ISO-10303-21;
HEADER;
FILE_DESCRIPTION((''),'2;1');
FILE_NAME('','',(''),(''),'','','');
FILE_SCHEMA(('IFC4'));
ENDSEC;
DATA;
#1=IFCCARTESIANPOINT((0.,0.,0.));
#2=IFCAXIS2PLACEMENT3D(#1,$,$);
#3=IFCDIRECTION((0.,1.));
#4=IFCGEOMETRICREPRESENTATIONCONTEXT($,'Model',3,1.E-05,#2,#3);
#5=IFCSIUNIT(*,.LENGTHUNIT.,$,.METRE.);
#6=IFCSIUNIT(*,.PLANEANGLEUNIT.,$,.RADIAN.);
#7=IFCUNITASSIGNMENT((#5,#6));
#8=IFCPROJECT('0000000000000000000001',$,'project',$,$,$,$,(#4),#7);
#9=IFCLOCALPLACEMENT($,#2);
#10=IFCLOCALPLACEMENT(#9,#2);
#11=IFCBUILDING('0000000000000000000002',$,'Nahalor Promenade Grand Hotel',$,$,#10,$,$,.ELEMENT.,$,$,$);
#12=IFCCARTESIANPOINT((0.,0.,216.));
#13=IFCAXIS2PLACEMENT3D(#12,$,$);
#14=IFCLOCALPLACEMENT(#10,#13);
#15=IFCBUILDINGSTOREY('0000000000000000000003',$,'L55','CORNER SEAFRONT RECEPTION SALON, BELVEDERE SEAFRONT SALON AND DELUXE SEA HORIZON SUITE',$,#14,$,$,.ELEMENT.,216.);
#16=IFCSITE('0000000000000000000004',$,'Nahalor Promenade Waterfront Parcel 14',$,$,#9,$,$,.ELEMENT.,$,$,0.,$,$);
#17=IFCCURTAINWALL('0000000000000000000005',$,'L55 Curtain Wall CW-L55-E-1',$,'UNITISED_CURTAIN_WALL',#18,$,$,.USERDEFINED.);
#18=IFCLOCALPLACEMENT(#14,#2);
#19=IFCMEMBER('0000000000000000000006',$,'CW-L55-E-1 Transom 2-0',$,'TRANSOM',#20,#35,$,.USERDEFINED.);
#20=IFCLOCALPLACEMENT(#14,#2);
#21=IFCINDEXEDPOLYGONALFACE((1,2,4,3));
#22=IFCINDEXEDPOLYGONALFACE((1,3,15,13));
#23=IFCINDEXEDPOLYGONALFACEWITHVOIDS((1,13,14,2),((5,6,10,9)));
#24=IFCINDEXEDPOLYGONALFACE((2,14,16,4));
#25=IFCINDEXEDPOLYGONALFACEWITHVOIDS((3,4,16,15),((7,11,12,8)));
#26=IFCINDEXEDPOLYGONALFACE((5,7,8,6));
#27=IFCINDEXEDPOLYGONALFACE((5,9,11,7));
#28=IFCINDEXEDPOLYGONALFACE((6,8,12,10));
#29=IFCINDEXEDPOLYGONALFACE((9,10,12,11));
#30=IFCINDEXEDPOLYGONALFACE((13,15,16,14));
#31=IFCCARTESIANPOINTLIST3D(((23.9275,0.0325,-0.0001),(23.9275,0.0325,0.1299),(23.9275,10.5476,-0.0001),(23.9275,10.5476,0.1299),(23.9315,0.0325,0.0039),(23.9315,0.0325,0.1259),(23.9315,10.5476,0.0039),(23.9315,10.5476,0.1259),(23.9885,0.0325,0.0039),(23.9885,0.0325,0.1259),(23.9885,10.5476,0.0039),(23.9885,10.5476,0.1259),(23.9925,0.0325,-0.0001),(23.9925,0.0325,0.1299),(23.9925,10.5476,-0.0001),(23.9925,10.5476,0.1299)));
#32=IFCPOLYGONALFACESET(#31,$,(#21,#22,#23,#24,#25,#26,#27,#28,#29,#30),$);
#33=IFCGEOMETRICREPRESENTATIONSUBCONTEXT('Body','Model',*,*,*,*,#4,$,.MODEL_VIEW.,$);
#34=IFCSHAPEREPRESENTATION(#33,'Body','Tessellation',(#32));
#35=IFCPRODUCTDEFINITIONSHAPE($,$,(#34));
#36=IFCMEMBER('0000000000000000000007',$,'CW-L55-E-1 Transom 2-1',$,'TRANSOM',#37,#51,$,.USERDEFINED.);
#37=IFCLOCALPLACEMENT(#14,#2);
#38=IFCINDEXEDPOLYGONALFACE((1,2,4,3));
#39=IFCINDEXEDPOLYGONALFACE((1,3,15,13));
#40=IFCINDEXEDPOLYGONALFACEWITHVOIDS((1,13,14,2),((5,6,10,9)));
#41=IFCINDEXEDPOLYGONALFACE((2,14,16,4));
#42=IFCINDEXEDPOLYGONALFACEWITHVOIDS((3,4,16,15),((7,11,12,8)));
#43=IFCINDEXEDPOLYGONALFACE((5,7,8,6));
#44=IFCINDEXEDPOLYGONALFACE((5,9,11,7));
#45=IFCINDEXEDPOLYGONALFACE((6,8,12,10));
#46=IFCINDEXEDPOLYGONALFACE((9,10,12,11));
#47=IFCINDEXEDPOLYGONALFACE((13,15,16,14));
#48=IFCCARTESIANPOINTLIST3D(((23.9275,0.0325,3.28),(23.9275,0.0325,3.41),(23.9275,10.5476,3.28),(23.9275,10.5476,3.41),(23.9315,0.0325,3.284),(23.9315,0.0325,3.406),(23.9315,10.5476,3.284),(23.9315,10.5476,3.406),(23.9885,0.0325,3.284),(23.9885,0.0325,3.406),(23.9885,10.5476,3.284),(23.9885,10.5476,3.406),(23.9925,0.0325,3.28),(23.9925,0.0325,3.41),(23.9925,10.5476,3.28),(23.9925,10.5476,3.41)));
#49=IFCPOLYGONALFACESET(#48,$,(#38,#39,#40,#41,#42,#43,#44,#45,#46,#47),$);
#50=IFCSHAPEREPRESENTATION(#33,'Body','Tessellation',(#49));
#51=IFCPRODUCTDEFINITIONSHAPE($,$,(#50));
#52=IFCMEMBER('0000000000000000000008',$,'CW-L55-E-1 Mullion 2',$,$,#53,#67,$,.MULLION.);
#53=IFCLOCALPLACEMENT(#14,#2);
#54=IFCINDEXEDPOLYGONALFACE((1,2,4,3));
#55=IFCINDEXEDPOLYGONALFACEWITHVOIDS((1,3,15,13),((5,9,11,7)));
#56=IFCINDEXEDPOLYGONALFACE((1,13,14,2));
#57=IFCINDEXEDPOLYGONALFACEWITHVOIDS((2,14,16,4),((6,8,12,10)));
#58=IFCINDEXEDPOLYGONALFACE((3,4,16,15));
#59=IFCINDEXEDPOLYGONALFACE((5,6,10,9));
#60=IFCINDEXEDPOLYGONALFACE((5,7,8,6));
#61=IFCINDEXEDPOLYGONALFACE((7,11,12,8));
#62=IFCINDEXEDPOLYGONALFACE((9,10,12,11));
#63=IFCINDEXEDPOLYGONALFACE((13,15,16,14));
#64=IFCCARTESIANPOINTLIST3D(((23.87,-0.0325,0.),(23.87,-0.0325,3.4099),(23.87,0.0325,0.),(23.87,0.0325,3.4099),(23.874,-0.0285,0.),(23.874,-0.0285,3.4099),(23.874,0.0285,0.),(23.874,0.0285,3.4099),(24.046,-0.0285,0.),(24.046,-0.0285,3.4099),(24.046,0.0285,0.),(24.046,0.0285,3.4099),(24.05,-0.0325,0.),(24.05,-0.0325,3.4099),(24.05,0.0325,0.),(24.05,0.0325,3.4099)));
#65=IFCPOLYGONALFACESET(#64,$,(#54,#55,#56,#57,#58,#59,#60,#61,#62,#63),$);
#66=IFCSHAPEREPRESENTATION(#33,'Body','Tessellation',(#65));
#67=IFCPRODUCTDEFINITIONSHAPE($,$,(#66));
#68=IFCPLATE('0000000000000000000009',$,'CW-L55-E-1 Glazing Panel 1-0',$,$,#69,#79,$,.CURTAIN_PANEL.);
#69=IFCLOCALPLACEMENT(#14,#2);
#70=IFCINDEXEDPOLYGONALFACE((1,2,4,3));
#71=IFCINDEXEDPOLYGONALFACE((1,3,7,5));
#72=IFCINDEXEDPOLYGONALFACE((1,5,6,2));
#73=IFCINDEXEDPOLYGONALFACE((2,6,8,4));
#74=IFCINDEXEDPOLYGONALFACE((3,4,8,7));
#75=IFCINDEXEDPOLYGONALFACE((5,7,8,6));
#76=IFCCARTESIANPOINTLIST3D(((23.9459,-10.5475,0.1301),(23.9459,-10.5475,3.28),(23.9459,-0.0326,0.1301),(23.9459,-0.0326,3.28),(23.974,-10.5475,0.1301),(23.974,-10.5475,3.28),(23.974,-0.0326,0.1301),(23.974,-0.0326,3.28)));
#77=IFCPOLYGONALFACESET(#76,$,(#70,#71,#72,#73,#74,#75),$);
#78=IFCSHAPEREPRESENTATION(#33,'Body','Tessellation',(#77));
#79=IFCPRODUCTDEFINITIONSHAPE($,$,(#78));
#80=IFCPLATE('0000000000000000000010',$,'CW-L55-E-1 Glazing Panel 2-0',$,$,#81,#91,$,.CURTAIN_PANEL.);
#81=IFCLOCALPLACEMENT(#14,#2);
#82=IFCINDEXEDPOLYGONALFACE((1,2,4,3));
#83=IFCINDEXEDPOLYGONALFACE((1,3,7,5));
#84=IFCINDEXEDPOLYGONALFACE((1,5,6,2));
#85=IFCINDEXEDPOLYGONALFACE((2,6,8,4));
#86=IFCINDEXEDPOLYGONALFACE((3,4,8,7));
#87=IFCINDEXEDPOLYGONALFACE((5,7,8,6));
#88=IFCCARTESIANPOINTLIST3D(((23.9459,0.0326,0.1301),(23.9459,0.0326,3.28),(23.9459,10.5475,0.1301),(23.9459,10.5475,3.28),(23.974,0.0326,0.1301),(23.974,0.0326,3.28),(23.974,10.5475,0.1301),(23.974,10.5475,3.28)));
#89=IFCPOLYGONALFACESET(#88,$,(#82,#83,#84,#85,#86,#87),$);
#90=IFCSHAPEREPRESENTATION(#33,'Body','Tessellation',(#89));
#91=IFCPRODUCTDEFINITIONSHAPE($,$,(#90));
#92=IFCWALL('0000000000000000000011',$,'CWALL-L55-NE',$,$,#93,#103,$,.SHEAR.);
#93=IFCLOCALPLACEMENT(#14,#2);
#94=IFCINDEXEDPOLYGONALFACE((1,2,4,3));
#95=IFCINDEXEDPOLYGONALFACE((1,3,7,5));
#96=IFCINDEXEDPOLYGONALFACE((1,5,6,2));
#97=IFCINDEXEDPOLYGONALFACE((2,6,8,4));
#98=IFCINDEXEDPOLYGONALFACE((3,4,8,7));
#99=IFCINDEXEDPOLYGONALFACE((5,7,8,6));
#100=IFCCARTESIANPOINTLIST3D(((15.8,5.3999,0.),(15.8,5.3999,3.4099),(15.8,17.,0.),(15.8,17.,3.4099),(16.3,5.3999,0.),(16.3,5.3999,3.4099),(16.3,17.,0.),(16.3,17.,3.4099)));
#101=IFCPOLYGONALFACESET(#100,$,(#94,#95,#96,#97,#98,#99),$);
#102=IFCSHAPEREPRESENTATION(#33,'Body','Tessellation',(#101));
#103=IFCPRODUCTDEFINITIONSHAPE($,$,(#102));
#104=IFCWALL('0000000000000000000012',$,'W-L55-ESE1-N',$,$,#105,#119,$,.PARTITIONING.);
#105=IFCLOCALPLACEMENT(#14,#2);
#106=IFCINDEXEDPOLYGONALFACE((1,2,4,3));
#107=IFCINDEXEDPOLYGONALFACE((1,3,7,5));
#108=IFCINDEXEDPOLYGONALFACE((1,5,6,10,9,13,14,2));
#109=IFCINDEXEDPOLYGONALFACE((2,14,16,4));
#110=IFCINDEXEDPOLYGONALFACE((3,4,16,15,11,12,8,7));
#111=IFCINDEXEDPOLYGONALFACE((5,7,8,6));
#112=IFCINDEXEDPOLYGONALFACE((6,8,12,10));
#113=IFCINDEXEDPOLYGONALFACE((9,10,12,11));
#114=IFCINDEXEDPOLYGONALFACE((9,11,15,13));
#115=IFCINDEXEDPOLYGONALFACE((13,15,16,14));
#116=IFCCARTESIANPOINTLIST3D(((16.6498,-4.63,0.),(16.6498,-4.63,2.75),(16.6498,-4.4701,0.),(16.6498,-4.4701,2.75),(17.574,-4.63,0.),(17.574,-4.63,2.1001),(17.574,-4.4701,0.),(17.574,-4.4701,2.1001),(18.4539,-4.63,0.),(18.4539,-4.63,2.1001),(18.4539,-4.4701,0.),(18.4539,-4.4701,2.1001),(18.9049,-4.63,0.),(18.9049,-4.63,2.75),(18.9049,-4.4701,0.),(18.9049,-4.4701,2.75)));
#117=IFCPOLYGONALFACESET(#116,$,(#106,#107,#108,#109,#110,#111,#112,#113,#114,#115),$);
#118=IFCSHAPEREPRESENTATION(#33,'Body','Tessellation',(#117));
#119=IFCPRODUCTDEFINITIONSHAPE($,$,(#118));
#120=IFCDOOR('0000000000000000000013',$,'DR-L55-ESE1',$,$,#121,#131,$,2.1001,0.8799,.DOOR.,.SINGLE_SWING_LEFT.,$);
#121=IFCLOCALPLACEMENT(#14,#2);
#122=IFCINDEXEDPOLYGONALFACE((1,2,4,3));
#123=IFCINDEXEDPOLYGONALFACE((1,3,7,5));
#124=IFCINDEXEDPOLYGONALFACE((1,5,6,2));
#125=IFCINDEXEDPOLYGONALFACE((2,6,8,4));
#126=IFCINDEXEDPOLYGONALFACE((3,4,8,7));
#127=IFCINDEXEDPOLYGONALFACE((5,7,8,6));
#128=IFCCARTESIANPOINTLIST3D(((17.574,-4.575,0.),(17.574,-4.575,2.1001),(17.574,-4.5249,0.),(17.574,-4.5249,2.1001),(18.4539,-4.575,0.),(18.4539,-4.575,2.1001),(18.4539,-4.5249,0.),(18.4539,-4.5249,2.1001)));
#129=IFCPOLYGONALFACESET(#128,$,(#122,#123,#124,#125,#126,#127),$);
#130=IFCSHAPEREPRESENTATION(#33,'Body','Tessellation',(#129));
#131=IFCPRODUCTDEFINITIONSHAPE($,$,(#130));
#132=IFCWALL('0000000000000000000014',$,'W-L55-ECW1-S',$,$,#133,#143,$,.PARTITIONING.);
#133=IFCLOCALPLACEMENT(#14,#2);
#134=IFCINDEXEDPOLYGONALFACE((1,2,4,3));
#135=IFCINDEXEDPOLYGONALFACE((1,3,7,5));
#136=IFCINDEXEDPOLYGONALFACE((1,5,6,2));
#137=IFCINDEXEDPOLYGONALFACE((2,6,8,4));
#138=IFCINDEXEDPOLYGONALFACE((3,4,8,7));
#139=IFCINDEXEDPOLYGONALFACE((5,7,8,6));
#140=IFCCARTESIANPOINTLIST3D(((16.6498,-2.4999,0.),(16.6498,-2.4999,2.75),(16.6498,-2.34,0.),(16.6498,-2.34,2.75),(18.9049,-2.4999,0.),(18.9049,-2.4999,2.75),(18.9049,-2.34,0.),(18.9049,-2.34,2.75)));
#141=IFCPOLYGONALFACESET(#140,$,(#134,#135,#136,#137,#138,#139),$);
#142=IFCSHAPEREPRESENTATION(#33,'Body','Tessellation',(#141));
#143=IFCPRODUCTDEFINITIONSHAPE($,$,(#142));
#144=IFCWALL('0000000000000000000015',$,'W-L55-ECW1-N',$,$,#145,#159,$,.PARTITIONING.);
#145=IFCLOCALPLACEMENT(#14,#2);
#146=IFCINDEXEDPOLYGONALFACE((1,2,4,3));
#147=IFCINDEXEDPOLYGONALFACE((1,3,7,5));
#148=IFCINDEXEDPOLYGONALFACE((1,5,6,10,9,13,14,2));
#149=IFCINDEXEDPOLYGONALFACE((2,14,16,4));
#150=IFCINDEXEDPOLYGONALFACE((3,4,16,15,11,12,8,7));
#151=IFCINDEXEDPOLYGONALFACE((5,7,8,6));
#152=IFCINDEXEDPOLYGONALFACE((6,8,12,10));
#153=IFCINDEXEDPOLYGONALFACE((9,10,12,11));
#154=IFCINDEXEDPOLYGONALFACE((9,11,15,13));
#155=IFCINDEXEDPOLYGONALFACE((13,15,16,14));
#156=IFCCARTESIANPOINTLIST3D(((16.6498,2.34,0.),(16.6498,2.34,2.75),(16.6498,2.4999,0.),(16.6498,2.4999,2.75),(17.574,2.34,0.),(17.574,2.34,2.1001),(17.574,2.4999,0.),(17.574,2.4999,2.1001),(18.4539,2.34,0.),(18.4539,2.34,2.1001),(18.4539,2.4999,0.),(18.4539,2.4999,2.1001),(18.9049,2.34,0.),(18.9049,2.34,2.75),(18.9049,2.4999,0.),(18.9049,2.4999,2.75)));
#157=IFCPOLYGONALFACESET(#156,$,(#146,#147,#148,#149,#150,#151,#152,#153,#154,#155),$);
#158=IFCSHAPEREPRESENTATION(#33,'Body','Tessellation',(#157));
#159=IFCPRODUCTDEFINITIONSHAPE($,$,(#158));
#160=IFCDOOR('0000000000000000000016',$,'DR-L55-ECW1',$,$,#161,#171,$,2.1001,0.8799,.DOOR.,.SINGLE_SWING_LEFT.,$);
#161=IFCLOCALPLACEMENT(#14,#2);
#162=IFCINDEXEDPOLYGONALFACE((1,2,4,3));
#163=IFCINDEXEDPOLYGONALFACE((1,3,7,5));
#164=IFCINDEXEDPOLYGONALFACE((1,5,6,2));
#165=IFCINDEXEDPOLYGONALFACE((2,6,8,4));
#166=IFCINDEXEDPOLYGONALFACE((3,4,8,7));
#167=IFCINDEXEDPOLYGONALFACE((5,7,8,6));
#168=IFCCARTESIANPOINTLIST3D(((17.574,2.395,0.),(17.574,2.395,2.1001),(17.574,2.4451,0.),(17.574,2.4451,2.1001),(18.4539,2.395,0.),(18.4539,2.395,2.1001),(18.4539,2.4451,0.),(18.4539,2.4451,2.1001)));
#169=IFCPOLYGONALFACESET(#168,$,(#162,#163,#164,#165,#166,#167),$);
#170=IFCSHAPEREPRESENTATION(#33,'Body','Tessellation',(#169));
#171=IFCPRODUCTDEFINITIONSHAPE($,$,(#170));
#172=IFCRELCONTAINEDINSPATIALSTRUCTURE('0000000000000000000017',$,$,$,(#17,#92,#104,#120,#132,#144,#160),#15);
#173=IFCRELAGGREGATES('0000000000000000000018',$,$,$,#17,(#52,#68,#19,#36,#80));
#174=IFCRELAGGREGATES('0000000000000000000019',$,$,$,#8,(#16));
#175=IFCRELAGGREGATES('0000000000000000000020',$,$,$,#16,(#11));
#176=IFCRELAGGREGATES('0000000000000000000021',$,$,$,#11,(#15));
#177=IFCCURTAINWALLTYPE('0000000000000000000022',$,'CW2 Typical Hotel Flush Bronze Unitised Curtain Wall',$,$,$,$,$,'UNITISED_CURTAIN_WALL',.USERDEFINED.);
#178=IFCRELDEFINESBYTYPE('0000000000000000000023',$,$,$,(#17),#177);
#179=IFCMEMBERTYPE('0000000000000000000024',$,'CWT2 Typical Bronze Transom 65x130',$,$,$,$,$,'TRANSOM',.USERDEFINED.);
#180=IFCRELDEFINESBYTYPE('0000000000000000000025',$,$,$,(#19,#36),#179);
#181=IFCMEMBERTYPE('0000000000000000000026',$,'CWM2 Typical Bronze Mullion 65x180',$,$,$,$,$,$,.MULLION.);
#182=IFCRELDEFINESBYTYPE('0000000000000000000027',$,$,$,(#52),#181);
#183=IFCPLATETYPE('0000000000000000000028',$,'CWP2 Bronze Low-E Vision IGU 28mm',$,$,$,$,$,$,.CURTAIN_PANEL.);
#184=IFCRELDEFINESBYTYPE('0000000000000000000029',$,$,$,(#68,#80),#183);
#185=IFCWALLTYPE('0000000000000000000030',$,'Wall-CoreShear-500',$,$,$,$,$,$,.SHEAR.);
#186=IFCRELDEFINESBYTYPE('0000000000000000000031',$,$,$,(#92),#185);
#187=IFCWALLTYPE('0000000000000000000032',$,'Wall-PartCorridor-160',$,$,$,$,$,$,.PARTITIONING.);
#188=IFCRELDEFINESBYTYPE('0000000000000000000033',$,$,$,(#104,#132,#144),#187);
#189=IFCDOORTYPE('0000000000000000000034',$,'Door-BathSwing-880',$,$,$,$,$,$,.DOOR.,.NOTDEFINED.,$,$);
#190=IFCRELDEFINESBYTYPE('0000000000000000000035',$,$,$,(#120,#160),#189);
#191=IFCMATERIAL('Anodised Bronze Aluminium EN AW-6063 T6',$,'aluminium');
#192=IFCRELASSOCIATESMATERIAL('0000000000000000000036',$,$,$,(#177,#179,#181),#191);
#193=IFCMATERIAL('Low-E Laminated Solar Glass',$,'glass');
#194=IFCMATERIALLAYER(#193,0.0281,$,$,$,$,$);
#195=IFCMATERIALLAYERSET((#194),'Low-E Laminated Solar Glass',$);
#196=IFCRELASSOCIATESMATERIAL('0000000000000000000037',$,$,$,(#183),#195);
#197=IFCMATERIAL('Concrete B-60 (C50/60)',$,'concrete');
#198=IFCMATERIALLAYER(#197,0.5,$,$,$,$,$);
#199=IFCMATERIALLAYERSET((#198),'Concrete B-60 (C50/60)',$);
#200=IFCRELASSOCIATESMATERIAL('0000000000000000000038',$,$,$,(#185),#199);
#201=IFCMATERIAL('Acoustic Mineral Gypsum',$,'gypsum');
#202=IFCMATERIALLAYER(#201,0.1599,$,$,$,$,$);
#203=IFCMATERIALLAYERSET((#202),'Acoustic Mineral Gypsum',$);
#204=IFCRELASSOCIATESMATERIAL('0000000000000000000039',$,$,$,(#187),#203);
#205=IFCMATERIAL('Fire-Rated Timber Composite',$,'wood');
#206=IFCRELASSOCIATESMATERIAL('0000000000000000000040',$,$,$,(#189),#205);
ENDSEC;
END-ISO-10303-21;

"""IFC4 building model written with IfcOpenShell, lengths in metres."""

from ifc_helpers import new_model, si_unit, direction, frame, frame_2d, origin, origin_2d, place, context, subcontext, project, spatial, rectangle, hollow_rectangle, extrude, source, transform, mapped, material, layer, layer_set, material_profile, profile_set, type_object, element, fill, aggregate, save


model = new_model("IFC4")

# Units and contexts
model_context = context("Model", 3, precision=1e-05, world=origin(), true_north=direction((0.0, 1.0)))
body_context = subcontext(model_context, "Body", "Model", "MODEL_VIEW")
ifc_project = project(units=[si_unit("LENGTHUNIT", "METRE"), si_unit("PLANEANGLEUNIT", "RADIAN")], contexts=[model_context])

# Site, building, storey
site_placement = place(None, origin())
site = spatial("IfcSite", under=ifc_project, at=site_placement, Name="Nahalor Promenade Waterfront Parcel 14", CompositionType="ELEMENT", RefElevation=0.0)
building_placement = place(site_placement, origin())
building = spatial("IfcBuilding", under=site, at=building_placement, Name="Nahalor Promenade Grand Hotel", CompositionType="ELEMENT")
storey_placement = place(building_placement, frame((0.0, 0.0, 216.0)))
storey = spatial("IfcBuildingStorey", under=building, at=storey_placement, Name="L55", Description="CORNER SEAFRONT RECEPTION SALON, BELVEDERE SEAFRONT SALON AND DELUXE SEA HORIZON SUITE", CompositionType="ELEMENT", Elevation=216.0)

# Curtain wall, members, plates
ifc_material_1 = material(Name="Anodised Bronze Aluminium EN AW-6063 T6", Category="aluminium")
curtain_wall_type = type_object("IfcCurtainWallType", Name="CW2 Typical Hotel Flush Bronze Unitised Curtain Wall", ElementType="UNITISED_CURTAIN_WALL", PredefinedType="USERDEFINED", material=ifc_material_1)
curtain_wall_placement = place(storey_placement, origin())
curtain_wall = element("IfcCurtainWall", 1, at=curtain_wall_placement, inside=storey, type_object=curtain_wall_type, Name="L55 Curtain Wall CW-L55-E-1", ObjectType="UNITISED_CURTAIN_WALL", PredefinedType="USERDEFINED")
ifc_material_profile_1 = material_profile(ifc_material_1, hollow_rectangle(XDim=0.065, YDim=0.13, WallThickness=0.004, at=origin_2d()), Name="CWT 65x130x4")
ifc_profile_set_1 = profile_set([ifc_material_profile_1], Name="Anodised Bronze Aluminium EN AW-6063 T6")
member_type_1 = type_object("IfcMemberType", Name="CWT2 Typical Bronze Transom 65x130", ElementType="TRANSOM", PredefinedType="USERDEFINED", material=ifc_profile_set_1)
shared_shape_1 = source(origin(), body_context, "Body", "SweptSolid", [
    extrude(hollow_rectangle(XDim=0.065, YDim=0.13, WallThickness=0.004, at=origin_2d()), origin(), (0.0, 0.0, 1.0), 10.5151),
])
member_1_placement = place(storey_placement, frame((23.96, 0.0325, 0.0649), z_axis=(0.0, 1.0, 0.0), x_axis=(-1.0, 0.0, 0.0)))
member_1 = element("IfcMember", 2, at=member_1_placement, type_object=member_type_1, Name="CW-L55-E-1 Transom 2-0", ObjectType="TRANSOM", PredefinedType="USERDEFINED", context=body_context, shape_type="MappedRepresentation", body=[
    mapped(shared_shape_1, transform((0.0, 0.0, 0.0), scale=1.0)),
])
member_2_placement = place(storey_placement, frame((23.96, 0.0325, 3.345), z_axis=(0.0, 1.0, 0.0), x_axis=(-1.0, 0.0, 0.0)))
member_2 = element("IfcMember", 3, at=member_2_placement, type_object=member_type_1, Name="CW-L55-E-1 Transom 2-1", ObjectType="TRANSOM", PredefinedType="USERDEFINED", context=body_context, shape_type="MappedRepresentation", body=[
    mapped(shared_shape_1, transform((0.0, 0.0, 0.0), scale=1.0)),
])
ifc_material_profile_2 = material_profile(ifc_material_1, hollow_rectangle(XDim=0.065, YDim=0.18, WallThickness=0.004, at=origin_2d()), Name="CWM 65x180x4")
ifc_profile_set_2 = profile_set([ifc_material_profile_2], Name="Anodised Bronze Aluminium EN AW-6063 T6")
member_type_2 = type_object("IfcMemberType", Name="CWM2 Typical Bronze Mullion 65x180", PredefinedType="MULLION", material=ifc_profile_set_2)
shared_shape_2 = source(origin(), body_context, "Body", "SweptSolid", [
    extrude(hollow_rectangle(XDim=0.065, YDim=0.18, WallThickness=0.004, at=origin_2d()), origin(), (0.0, 0.0, 1.0), 3.4099),
])
member_3_placement = place(storey_placement, frame((23.96, 0.0, 0.0), z_axis=(0.0, 0.0, 1.0), x_axis=(0.0, 1.0, 0.0)))
member_3 = element("IfcMember", 4, at=member_3_placement, type_object=member_type_2, Name="CW-L55-E-1 Mullion 2", PredefinedType="MULLION", context=body_context, shape_type="MappedRepresentation", body=[
    mapped(shared_shape_2, transform((0.0, 0.0, 0.0), scale=1.0)),
])
ifc_material_2 = material(Name="Low-E Laminated Solar Glass", Category="glass")
ifc_layer_1 = layer(ifc_material_2, 0.0281)
ifc_layer_set_1 = layer_set([ifc_layer_1], Name="Low-E Laminated Solar Glass")
plate_type = type_object("IfcPlateType", Name="CWP2 Bronze Low-E Vision IGU 28mm", PredefinedType="CURTAIN_PANEL", material=ifc_layer_set_1)
shared_shape_3 = source(origin(), body_context, "Body", "SweptSolid", [
    extrude(rectangle(XDim=10.5149, YDim=0.0281, at=origin_2d()), origin(), (0.0, 0.0, 1.0), 3.1499),
])
plate_1_placement = place(storey_placement, frame((23.96, -5.29, 0.1301), z_axis=(0.0, 0.0, 1.0), x_axis=(0.0, 1.0, 0.0)))
plate_1 = element("IfcPlate", 5, at=plate_1_placement, type_object=plate_type, Name="CW-L55-E-1 Glazing Panel 1-0", PredefinedType="CURTAIN_PANEL", context=body_context, shape_type="MappedRepresentation", body=[
    mapped(shared_shape_3, transform((0.0, 0.0, 0.0), scale=1.0)),
])
plate_2_placement = place(storey_placement, frame((23.96, 5.29, 0.1301), z_axis=(0.0, 0.0, 1.0), x_axis=(0.0, 1.0, 0.0)))
plate_2 = element("IfcPlate", 6, at=plate_2_placement, type_object=plate_type, Name="CW-L55-E-1 Glazing Panel 2-0", PredefinedType="CURTAIN_PANEL", context=body_context, shape_type="MappedRepresentation", body=[
    mapped(shared_shape_3, transform((0.0, 0.0, 0.0), scale=1.0)),
])
aggregate(curtain_wall, [member_3, plate_1, member_1, member_2, plate_2])

# Wall
ifc_material_3 = material(Name="Concrete B-60 (C50/60)", Category="concrete")
ifc_layer_2 = layer(ifc_material_3, 0.5)
ifc_layer_set_2 = layer_set([ifc_layer_2], Name="Concrete B-60 (C50/60)")
wall_type_1 = type_object("IfcWallType", Name="Wall-CoreShear-500", PredefinedType="SHEAR", material=ifc_layer_set_2)
shared_shape_4 = source(origin(), body_context, "Body", "SweptSolid", [
    extrude(rectangle(XDim=11.6001, YDim=0.5, at=frame_2d((5.8, 0.0))), origin(), (0.0, 0.0, 1.0), 3.4099),
])
wall_1_placement = place(storey_placement, frame((16.05, 5.3999, 0.0), z_axis=(0.0, 0.0, 1.0), x_axis=(0.0, 1.0, 0.0)))
element("IfcWall", 7, at=wall_1_placement, inside=storey, type_object=wall_type_1, Name="CWALL-L55-NE", PredefinedType="SHEAR", context=body_context, shape_type="MappedRepresentation", body=[
    mapped(shared_shape_4, transform((0.0, 0.0, 0.0), scale=1.0)),
])

# Wall, opening, door
ifc_material_4 = material(Name="Acoustic Mineral Gypsum", Category="gypsum")
ifc_layer_3 = layer(ifc_material_4, 0.1599)
ifc_layer_set_3 = layer_set([ifc_layer_3], Name="Acoustic Mineral Gypsum")
wall_type_2 = type_object("IfcWallType", Name="Wall-PartCorridor-160", PredefinedType="PARTITIONING", material=ifc_layer_set_3)
shared_shape_5 = source(origin(), body_context, "Body", "SweptSolid", [
    extrude(rectangle(XDim=2.2551, YDim=0.1599, at=frame_2d((1.1274, 0.0))), origin(), (0.0, 0.0, 1.0), 2.75),
])
wall_2_placement = place(storey_placement, frame((16.6499, -4.55, 0.0), z_axis=(0.0, 0.0, 1.0), x_axis=(1.0, 0.0, 0.0)))
wall_2 = element("IfcWall", 8, at=wall_2_placement, inside=storey, type_object=wall_type_2, Name="W-L55-ESE1-N", PredefinedType="PARTITIONING", context=body_context, shape_type="MappedRepresentation", body=[
    mapped(shared_shape_5, transform((0.0, 0.0, 0.0), scale=1.0)),
])
opening_1_placement = place(wall_2_placement, frame((0.9241, 0.0, 0.0)))
opening_1 = element("IfcOpeningElement", 9, at=opening_1_placement, cuts=wall_2, PredefinedType="OPENING", context=body_context, shape_type="SweptSolid", body=[
    extrude(rectangle(XDim=0.8799, YDim=2.1001, at=frame_2d((0.4399, 1.05))), frame((0.0, 0.0898, 0.0), z_axis=(0.0, -1.0, 0.0), x_axis=(1.0, 0.0, 0.0)), (0.0, 0.0, 1.0), 0.1799),
])
ifc_material_5 = material(Name="Fire-Rated Timber Composite", Category="wood")
door_type_1 = type_object("IfcDoorType", Name="Door-BathSwing-880", OperationType="NOTDEFINED", PredefinedType="DOOR", material=ifc_material_5)
shared_shape_6 = source(origin(), body_context, "Body", "SweptSolid", [
    extrude(rectangle(XDim=0.8799, YDim=2.1001, at=frame_2d((0.4399, 1.05))), frame((0.0, 0.0249, 0.0), z_axis=(0.0, -1.0, 0.0), x_axis=(1.0, 0.0, 0.0)), (0.0, 0.0, 1.0), 0.05),
])
door_1_placement = place(opening_1_placement, frame((0.8799, 0.0, 0.0), z_axis=(0.0, 0.0, 1.0), x_axis=(-1.0, 0.0, 0.0)))
door_1 = element("IfcDoor", 10, at=door_1_placement, inside=storey, type_object=door_type_1, Name="DR-L55-ESE1", OperationType="SINGLE_SWING_LEFT", OverallHeight=2.1001, OverallWidth=0.8799, PredefinedType="DOOR", context=body_context, shape_type="MappedRepresentation", body=[
    mapped(shared_shape_6, transform((0.0, 0.0, 0.0), scale=1.0)),
])
fill(opening_1, door_1)

# Wall
wall_3_placement = place(storey_placement, frame((16.6499, -2.4199, 0.0), z_axis=(0.0, 0.0, 1.0), x_axis=(1.0, 0.0, 0.0)))
element("IfcWall", 11, at=wall_3_placement, inside=storey, type_object=wall_type_2, Name="W-L55-ECW1-S", PredefinedType="PARTITIONING", context=body_context, shape_type="MappedRepresentation", body=[
    mapped(shared_shape_5, transform((0.0, 0.0, 0.0), scale=1.0)),
])

# Wall, opening, door
wall_4_placement = place(storey_placement, frame((16.6499, 2.4199, 0.0), z_axis=(0.0, 0.0, 1.0), x_axis=(1.0, 0.0, 0.0)))
wall_4 = element("IfcWall", 12, at=wall_4_placement, inside=storey, type_object=wall_type_2, Name="W-L55-ECW1-N", PredefinedType="PARTITIONING", context=body_context, shape_type="MappedRepresentation", body=[
    mapped(shared_shape_5, transform((0.0, 0.0, 0.0), scale=1.0)),
])
opening_2_placement = place(wall_4_placement, frame((0.9241, 0.0, 0.0)))
opening_2 = element("IfcOpeningElement", 13, at=opening_2_placement, cuts=wall_4, PredefinedType="OPENING", context=body_context, shape_type="SweptSolid", body=[
    extrude(rectangle(XDim=0.8799, YDim=2.1001, at=frame_2d((0.4399, 1.05))), frame((0.0, 0.0898, 0.0), z_axis=(0.0, -1.0, 0.0), x_axis=(1.0, 0.0, 0.0)), (0.0, 0.0, 1.0), 0.1799),
])
door_2_placement = place(opening_2_placement, frame((0.8799, 0.0, 0.0), z_axis=(0.0, 0.0, 1.0), x_axis=(-1.0, 0.0, 0.0)))
door_2 = element("IfcDoor", 14, at=door_2_placement, inside=storey, type_object=door_type_1, Name="DR-L55-ECW1", OperationType="SINGLE_SWING_LEFT", OverallHeight=2.1001, OverallWidth=0.8799, PredefinedType="DOOR", context=body_context, shape_type="MappedRepresentation", body=[
    mapped(shared_shape_6, transform((0.0, 0.0, 0.0), scale=1.0)),
])
fill(opening_2, door_2)

save(model, "model.ifc")
